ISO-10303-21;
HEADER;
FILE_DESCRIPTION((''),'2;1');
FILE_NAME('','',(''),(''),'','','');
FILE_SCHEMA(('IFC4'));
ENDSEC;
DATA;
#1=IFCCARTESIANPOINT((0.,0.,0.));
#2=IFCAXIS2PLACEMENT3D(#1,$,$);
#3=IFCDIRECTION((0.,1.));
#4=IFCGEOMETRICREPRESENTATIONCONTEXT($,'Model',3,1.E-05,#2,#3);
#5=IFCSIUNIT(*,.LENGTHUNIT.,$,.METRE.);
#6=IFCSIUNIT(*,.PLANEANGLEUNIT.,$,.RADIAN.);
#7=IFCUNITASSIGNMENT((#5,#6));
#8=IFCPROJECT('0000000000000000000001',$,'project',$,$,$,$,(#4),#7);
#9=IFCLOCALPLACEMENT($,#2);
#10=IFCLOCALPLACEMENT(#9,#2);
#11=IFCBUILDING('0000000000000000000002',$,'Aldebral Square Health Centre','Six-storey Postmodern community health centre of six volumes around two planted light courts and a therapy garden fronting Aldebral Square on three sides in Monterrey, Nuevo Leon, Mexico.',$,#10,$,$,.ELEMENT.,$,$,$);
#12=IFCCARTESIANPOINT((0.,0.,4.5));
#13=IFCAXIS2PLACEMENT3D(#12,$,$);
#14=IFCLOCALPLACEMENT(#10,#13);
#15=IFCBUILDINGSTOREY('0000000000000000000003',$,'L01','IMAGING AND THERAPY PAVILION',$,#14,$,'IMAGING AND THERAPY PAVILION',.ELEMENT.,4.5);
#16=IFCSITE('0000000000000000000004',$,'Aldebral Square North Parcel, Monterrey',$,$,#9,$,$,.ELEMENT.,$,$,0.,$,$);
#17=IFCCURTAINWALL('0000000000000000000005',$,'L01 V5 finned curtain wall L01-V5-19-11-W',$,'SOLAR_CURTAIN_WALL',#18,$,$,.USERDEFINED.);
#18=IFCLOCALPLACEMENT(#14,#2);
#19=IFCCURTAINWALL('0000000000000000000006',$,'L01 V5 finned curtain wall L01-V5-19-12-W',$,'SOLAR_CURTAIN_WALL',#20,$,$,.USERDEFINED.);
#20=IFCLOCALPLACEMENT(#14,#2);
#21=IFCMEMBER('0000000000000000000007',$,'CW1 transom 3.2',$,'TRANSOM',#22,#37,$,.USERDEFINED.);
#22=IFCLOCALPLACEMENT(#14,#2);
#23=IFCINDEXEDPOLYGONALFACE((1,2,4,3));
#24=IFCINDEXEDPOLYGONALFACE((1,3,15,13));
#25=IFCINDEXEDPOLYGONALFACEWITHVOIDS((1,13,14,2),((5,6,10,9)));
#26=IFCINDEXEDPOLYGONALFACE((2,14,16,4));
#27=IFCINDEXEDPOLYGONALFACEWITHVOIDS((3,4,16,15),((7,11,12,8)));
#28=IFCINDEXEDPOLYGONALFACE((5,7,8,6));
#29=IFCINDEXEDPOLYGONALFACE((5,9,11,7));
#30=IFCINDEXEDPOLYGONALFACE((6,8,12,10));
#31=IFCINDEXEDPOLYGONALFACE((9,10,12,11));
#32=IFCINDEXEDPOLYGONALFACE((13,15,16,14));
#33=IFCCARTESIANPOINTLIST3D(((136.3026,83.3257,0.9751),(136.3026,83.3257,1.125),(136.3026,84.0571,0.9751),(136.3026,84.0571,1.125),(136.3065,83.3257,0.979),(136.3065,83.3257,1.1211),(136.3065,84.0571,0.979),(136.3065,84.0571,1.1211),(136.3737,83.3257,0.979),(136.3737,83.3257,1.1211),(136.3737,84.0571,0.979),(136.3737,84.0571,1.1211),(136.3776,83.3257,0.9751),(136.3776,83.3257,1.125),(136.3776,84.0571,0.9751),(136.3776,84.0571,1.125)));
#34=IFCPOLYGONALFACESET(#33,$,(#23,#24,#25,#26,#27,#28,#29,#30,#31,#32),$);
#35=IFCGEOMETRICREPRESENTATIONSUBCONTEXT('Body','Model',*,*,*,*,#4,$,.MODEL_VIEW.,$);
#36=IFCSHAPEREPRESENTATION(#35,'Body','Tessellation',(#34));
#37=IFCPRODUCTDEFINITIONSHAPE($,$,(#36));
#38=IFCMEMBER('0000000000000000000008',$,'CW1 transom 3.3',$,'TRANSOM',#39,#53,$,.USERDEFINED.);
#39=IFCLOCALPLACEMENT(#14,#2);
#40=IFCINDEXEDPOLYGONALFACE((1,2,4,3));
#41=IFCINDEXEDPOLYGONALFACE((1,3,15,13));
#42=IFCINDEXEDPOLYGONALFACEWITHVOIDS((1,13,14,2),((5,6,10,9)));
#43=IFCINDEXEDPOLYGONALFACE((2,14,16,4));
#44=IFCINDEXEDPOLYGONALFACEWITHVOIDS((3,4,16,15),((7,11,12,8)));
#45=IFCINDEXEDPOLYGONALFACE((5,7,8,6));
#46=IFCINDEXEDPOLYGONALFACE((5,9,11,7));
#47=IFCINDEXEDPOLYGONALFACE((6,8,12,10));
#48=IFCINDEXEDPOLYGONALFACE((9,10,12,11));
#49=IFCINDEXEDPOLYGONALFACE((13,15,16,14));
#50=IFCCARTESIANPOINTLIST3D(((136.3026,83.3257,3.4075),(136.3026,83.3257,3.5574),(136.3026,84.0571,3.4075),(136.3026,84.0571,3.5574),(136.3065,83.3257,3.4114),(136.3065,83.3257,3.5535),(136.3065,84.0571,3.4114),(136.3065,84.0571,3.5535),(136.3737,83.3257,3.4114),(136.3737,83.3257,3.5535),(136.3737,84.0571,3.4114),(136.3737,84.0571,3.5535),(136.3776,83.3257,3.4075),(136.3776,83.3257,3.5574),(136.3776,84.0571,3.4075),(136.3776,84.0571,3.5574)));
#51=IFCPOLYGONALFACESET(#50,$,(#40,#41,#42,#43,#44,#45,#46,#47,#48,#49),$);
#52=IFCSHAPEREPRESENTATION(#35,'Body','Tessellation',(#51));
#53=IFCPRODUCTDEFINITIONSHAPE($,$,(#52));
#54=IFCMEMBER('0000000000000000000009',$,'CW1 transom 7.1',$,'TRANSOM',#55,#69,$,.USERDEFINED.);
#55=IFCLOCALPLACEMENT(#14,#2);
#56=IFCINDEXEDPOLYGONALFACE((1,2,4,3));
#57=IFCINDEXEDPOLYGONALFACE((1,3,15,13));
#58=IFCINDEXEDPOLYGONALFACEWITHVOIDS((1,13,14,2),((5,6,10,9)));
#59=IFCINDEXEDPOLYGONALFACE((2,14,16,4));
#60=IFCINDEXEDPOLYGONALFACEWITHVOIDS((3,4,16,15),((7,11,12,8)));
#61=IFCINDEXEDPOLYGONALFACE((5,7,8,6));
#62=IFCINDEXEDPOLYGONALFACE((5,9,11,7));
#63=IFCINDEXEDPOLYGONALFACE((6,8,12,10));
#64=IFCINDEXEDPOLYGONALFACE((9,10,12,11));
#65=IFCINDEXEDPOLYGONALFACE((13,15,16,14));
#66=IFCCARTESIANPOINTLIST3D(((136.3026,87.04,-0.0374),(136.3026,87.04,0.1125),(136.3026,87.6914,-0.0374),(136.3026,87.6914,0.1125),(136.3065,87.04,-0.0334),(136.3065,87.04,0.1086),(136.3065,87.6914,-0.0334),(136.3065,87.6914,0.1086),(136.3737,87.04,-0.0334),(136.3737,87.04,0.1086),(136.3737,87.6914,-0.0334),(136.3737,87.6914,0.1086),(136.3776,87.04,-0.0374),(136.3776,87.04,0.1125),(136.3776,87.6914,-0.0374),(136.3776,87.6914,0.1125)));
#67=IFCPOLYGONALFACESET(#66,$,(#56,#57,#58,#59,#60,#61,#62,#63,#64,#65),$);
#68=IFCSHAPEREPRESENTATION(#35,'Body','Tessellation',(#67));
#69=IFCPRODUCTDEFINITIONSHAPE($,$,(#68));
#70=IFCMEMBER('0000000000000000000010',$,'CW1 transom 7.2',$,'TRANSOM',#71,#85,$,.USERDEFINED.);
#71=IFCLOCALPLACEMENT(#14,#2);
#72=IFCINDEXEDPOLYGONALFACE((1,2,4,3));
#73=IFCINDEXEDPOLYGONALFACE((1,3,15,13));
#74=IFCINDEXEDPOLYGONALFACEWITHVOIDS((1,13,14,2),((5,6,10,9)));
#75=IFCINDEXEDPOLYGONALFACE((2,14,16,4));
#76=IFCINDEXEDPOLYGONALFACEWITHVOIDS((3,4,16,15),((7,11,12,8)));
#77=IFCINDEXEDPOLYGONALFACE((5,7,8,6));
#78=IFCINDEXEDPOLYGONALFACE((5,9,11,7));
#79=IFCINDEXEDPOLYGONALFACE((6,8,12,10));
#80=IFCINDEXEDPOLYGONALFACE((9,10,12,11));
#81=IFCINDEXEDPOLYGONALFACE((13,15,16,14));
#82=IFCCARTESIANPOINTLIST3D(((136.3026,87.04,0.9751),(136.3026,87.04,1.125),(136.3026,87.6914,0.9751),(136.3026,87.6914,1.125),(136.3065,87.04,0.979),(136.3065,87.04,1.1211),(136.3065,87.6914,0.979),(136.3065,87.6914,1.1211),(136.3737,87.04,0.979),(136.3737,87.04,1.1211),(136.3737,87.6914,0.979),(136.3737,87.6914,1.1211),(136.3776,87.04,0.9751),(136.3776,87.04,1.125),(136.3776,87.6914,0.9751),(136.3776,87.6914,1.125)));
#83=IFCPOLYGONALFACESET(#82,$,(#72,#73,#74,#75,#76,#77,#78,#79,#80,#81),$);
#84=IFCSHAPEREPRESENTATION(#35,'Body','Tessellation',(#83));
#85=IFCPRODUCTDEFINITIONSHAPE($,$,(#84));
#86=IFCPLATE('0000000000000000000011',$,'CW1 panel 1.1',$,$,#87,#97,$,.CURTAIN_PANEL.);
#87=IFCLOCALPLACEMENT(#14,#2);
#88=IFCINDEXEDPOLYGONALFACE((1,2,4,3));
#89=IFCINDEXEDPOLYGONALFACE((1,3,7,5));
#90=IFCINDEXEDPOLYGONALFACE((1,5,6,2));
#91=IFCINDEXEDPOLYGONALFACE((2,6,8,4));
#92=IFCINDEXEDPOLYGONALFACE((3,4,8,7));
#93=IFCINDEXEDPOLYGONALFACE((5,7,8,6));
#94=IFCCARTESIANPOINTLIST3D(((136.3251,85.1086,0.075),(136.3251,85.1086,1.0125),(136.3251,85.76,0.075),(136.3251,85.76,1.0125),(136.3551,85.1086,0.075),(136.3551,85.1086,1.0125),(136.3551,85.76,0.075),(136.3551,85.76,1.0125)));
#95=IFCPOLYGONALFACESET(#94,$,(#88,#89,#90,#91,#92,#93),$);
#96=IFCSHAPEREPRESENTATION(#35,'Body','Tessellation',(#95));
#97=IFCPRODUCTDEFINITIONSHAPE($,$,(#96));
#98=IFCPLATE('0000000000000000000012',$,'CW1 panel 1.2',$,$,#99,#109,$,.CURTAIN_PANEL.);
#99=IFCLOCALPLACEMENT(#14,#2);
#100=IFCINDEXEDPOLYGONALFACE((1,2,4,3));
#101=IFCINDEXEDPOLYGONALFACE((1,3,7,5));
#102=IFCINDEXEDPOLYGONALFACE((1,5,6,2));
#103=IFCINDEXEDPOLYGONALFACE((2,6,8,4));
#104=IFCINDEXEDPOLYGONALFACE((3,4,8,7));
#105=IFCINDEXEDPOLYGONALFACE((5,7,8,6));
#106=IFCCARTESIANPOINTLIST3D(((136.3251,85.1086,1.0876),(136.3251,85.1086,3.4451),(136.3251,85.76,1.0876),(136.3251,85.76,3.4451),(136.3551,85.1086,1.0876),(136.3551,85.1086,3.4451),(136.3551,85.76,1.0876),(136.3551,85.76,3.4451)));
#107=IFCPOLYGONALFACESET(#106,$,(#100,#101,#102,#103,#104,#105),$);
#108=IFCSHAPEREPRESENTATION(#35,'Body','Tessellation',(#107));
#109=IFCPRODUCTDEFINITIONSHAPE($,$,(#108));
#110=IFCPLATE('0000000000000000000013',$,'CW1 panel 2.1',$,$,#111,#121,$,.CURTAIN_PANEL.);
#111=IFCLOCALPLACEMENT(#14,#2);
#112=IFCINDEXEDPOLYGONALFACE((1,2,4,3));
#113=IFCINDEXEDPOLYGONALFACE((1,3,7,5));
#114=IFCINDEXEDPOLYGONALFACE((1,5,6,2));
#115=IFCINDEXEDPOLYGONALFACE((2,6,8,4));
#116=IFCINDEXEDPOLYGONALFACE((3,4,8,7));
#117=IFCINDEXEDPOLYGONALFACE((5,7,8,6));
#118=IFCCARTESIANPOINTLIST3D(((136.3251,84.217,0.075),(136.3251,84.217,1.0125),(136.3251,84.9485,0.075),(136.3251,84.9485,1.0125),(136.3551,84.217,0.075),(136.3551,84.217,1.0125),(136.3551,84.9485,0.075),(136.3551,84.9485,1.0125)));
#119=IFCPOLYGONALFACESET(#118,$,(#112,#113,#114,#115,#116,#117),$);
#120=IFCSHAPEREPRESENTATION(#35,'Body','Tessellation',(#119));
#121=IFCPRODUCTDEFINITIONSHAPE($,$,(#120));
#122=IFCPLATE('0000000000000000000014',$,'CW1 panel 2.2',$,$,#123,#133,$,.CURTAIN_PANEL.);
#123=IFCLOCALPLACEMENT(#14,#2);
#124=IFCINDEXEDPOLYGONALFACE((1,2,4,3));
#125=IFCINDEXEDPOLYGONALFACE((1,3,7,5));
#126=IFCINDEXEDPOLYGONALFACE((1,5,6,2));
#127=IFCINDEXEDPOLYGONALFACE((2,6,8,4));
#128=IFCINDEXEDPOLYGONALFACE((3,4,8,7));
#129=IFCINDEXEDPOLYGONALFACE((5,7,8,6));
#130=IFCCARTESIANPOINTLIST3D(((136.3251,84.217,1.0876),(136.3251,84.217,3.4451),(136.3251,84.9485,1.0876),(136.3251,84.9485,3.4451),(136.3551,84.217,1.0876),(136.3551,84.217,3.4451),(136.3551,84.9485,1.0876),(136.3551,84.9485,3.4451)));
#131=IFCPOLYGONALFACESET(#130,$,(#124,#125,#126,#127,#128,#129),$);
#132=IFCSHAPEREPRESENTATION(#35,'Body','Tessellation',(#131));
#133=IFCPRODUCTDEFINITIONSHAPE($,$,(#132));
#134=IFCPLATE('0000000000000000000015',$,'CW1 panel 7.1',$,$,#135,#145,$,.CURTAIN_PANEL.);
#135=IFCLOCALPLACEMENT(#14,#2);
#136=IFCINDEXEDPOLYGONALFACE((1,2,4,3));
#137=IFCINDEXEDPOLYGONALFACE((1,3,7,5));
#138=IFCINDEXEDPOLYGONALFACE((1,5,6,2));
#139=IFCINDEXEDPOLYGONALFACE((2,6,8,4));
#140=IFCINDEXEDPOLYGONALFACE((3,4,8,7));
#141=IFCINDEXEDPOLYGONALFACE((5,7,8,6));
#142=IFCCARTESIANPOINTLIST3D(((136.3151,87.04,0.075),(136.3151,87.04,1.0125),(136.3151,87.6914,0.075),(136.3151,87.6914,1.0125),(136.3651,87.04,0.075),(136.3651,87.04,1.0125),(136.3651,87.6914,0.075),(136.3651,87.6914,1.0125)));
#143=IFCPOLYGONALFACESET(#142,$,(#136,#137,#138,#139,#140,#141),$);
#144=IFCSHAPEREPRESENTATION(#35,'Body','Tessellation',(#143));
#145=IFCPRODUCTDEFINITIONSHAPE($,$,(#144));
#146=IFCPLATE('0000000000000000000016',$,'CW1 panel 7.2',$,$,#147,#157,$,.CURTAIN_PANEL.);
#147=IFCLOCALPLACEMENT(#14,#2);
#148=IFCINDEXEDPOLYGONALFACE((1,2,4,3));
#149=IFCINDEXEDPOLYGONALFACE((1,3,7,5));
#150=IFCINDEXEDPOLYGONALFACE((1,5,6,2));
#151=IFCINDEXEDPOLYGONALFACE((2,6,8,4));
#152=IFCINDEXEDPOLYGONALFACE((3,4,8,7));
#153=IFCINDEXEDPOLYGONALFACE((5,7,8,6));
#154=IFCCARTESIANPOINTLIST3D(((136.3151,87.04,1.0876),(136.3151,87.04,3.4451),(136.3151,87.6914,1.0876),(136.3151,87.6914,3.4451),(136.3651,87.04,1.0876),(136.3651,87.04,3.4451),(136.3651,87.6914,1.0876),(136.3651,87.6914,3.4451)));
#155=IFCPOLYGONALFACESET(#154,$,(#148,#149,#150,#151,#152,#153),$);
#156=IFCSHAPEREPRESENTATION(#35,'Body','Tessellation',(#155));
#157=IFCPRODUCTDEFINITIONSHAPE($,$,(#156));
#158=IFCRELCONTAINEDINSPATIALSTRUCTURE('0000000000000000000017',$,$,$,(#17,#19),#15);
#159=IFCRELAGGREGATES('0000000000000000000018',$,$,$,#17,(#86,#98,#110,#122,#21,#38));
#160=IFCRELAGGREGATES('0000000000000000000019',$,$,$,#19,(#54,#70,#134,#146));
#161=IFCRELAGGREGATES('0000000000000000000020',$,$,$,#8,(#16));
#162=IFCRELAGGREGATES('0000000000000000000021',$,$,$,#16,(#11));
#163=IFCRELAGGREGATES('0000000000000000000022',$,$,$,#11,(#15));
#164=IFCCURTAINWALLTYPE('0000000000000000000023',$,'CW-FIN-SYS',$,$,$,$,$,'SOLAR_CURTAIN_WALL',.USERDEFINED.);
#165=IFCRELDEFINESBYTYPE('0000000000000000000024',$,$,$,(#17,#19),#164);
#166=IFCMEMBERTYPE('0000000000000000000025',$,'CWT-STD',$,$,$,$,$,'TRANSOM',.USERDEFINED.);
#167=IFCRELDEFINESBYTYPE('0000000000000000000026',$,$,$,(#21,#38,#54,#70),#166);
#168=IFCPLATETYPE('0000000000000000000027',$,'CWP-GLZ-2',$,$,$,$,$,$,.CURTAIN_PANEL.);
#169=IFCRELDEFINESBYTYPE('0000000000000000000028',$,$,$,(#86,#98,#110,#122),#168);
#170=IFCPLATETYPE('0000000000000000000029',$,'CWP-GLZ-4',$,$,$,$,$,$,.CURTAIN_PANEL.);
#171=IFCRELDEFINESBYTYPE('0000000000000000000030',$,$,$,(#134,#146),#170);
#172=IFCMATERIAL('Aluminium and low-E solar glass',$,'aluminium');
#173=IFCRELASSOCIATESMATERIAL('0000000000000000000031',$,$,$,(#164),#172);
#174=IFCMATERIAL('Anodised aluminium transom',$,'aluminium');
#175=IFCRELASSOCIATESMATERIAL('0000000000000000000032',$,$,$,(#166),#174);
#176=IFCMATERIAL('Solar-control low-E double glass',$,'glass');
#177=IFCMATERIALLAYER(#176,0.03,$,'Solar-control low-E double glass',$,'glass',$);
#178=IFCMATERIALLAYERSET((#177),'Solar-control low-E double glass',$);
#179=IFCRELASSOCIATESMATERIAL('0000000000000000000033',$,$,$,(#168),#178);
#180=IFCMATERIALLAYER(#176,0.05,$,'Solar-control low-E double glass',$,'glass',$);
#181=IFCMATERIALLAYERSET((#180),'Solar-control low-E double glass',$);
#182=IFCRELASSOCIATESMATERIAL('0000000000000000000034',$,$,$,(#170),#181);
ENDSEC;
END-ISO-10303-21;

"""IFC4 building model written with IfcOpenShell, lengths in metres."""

from ifc_helpers import new_model, si_unit, direction, frame, origin, origin_2d, place, context, subcontext, project, spatial, rectangle, hollow_rectangle, extrude, material, layer, layer_set, material_profile, profile_set, type_object, element, aggregate, save


model = new_model("IFC4")

# Units and contexts
model_context = context("Model", 3, precision=1e-05, world=origin(), true_north=direction((0.0, 1.0)))
body_context = subcontext(model_context, "Body", "Model", "MODEL_VIEW")
ifc_project = project(units=[si_unit("LENGTHUNIT", "METRE"), si_unit("PLANEANGLEUNIT", "RADIAN")], contexts=[model_context])

# Site, building, storey
site_placement = place(None, origin())
site = spatial("IfcSite", under=ifc_project, at=site_placement, Name="Aldebral Square North Parcel, Monterrey", CompositionType="ELEMENT", RefElevation=0.0)
building_placement = place(site_placement, origin())
building = spatial("IfcBuilding", under=site, at=building_placement, Name="Aldebral Square Health Centre", Description="Six-storey Postmodern community health centre of six volumes around two planted light courts and a therapy garden fronting Aldebral Square on three sides in Monterrey, Nuevo Leon, Mexico.", CompositionType="ELEMENT")
storey_placement = place(building_placement, frame((0.0, 0.0, 4.5)))
storey = spatial("IfcBuildingStorey", under=building, at=storey_placement, Name="L01", Description="IMAGING AND THERAPY PAVILION", LongName="IMAGING AND THERAPY PAVILION", CompositionType="ELEMENT", Elevation=4.5)

# Curtain wall
ifc_material_1 = material(Name="Aluminium and low-E solar glass", Category="aluminium")
curtain_wall_type = type_object("IfcCurtainWallType", Name="CW-FIN-SYS", ElementType="SOLAR_CURTAIN_WALL", PredefinedType="USERDEFINED", material=ifc_material_1)
curtain_wall_1_placement = place(storey_placement, origin())
curtain_wall_1 = element("IfcCurtainWall", 1, at=curtain_wall_1_placement, inside=storey, type_object=curtain_wall_type, Name="L01 V5 finned curtain wall L01-V5-19-11-W", ObjectType="SOLAR_CURTAIN_WALL", PredefinedType="USERDEFINED")

# Curtain wall
curtain_wall_2_placement = place(storey_placement, origin())
curtain_wall_2 = element("IfcCurtainWall", 2, at=curtain_wall_2_placement, inside=storey, type_object=curtain_wall_type, Name="L01 V5 finned curtain wall L01-V5-19-12-W", ObjectType="SOLAR_CURTAIN_WALL", PredefinedType="USERDEFINED")

# Members
ifc_material_2 = material(Name="Anodised aluminium transom", Category="aluminium")
ifc_material_profile_1 = material_profile(ifc_material_2, hollow_rectangle(XDim=0.075, YDim=0.1499, WallThickness=0.0039, at=origin_2d()), Name="CWT 75x150x4")
ifc_profile_set_1 = profile_set([ifc_material_profile_1], Name="Anodised aluminium transom")
member_type_1 = type_object("IfcMemberType", Name="CWT-STD", ElementType="TRANSOM", PredefinedType="USERDEFINED", material=ifc_profile_set_1)
member_1_placement = place(storey_placement, frame((136.3401, 84.0571, 1.05), z_axis=(0.0, -1.0, 0.0), x_axis=(1.0, 0.0, 0.0)))
member_1 = element("IfcMember", 3, at=member_1_placement, type_object=member_type_1, Name="CW1 transom 3.2", ObjectType="TRANSOM", PredefinedType="USERDEFINED", context=body_context, shape_type="SweptSolid", body=[
    extrude(hollow_rectangle(XDim=0.075, YDim=0.1499, WallThickness=0.0039, at=origin_2d()), origin(), (0.0, 0.0, 1.0), 0.7314),
])
member_2_placement = place(storey_placement, frame((136.3401, 84.0571, 3.4824), z_axis=(0.0, -1.0, 0.0), x_axis=(1.0, 0.0, 0.0)))
member_2 = element("IfcMember", 4, at=member_2_placement, type_object=member_type_1, Name="CW1 transom 3.3", ObjectType="TRANSOM", PredefinedType="USERDEFINED", context=body_context, shape_type="SweptSolid", body=[
    extrude(hollow_rectangle(XDim=0.075, YDim=0.1499, WallThickness=0.0039, at=origin_2d()), origin(), (0.0, 0.0, 1.0), 0.7314),
])
member_3_placement = place(storey_placement, frame((136.3401, 87.6914, 0.0376), z_axis=(0.0, -1.0, 0.0), x_axis=(1.0, 0.0, 0.0)))
member_3 = element("IfcMember", 5, at=member_3_placement, type_object=member_type_1, Name="CW1 transom 7.1", ObjectType="TRANSOM", PredefinedType="USERDEFINED", context=body_context, shape_type="SweptSolid", body=[
    extrude(hollow_rectangle(XDim=0.075, YDim=0.1499, WallThickness=0.0039, at=origin_2d()), origin(), (0.0, 0.0, 1.0), 0.6514),
])
member_4_placement = place(storey_placement, frame((136.3401, 87.6914, 1.05), z_axis=(0.0, -1.0, 0.0), x_axis=(1.0, 0.0, 0.0)))
member_4 = element("IfcMember", 6, at=member_4_placement, type_object=member_type_1, Name="CW1 transom 7.2", ObjectType="TRANSOM", PredefinedType="USERDEFINED", context=body_context, shape_type="SweptSolid", body=[
    extrude(hollow_rectangle(XDim=0.075, YDim=0.1499, WallThickness=0.0039, at=origin_2d()), origin(), (0.0, 0.0, 1.0), 0.6514),
])

# Plates
ifc_material_3 = material(Name="Solar-control low-E double glass", Category="glass")
ifc_layer_1 = layer(ifc_material_3, 0.03, Name="Solar-control low-E double glass", Category="glass")
ifc_layer_set_1 = layer_set([ifc_layer_1], Name="Solar-control low-E double glass")
plate_type_1 = type_object("IfcPlateType", Name="CWP-GLZ-2", PredefinedType="CURTAIN_PANEL", material=ifc_layer_set_1)
plate_1_placement = place(storey_placement, frame((136.3401, 85.4343, 0.075), z_axis=(0.0, 0.0, 1.0), x_axis=(0.0, -1.0, 0.0)))
plate_1 = element("IfcPlate", 7, at=plate_1_placement, type_object=plate_type_1, Name="CW1 panel 1.1", PredefinedType="CURTAIN_PANEL", context=body_context, shape_type="SweptSolid", body=[
    extrude(rectangle(XDim=0.6514, YDim=0.03, at=origin_2d()), origin(), (0.0, 0.0, 1.0), 0.9375),
])
plate_2_placement = place(storey_placement, frame((136.3401, 85.4343, 1.0876), z_axis=(0.0, 0.0, 1.0), x_axis=(0.0, -1.0, 0.0)))
plate_2 = element("IfcPlate", 8, at=plate_2_placement, type_object=plate_type_1, Name="CW1 panel 1.2", PredefinedType="CURTAIN_PANEL", context=body_context, shape_type="SweptSolid", body=[
    extrude(rectangle(XDim=0.6514, YDim=0.03, at=origin_2d()), origin(), (0.0, 0.0, 1.0), 2.3574),
])
plate_3_placement = place(storey_placement, frame((136.3401, 84.5828, 0.075), z_axis=(0.0, 0.0, 1.0), x_axis=(0.0, -1.0, 0.0)))
plate_3 = element("IfcPlate", 9, at=plate_3_placement, type_object=plate_type_1, Name="CW1 panel 2.1", PredefinedType="CURTAIN_PANEL", context=body_context, shape_type="SweptSolid", body=[
    extrude(rectangle(XDim=0.7314, YDim=0.03, at=origin_2d()), origin(), (0.0, 0.0, 1.0), 0.9375),
])
plate_4_placement = place(storey_placement, frame((136.3401, 84.5828, 1.0876), z_axis=(0.0, 0.0, 1.0), x_axis=(0.0, -1.0, 0.0)))
plate_4 = element("IfcPlate", 10, at=plate_4_placement, type_object=plate_type_1, Name="CW1 panel 2.2", PredefinedType="CURTAIN_PANEL", context=body_context, shape_type="SweptSolid", body=[
    extrude(rectangle(XDim=0.7314, YDim=0.03, at=origin_2d()), origin(), (0.0, 0.0, 1.0), 2.3574),
])
aggregate(curtain_wall_1, [plate_1, plate_2, plate_3, plate_4, member_1, member_2])
ifc_layer_2 = layer(ifc_material_3, 0.05, Name="Solar-control low-E double glass", Category="glass")
ifc_layer_set_2 = layer_set([ifc_layer_2], Name="Solar-control low-E double glass")
plate_type_2 = type_object("IfcPlateType", Name="CWP-GLZ-4", PredefinedType="CURTAIN_PANEL", material=ifc_layer_set_2)
plate_5_placement = place(storey_placement, frame((136.3401, 87.3657, 0.075), z_axis=(0.0, 0.0, 1.0), x_axis=(0.0, -1.0, 0.0)))
plate_5 = element("IfcPlate", 11, at=plate_5_placement, type_object=plate_type_2, Name="CW1 panel 7.1", PredefinedType="CURTAIN_PANEL", context=body_context, shape_type="SweptSolid", body=[
    extrude(rectangle(XDim=0.6514, YDim=0.05, at=origin_2d()), origin(), (0.0, 0.0, 1.0), 0.9375),
])
plate_6_placement = place(storey_placement, frame((136.3401, 87.3657, 1.0876), z_axis=(0.0, 0.0, 1.0), x_axis=(0.0, -1.0, 0.0)))
plate_6 = element("IfcPlate", 12, at=plate_6_placement, type_object=plate_type_2, Name="CW1 panel 7.2", PredefinedType="CURTAIN_PANEL", context=body_context, shape_type="SweptSolid", body=[
    extrude(rectangle(XDim=0.6514, YDim=0.05, at=origin_2d()), origin(), (0.0, 0.0, 1.0), 2.3574),
])
aggregate(curtain_wall_2, [member_3, member_4, plate_5, plate_6])

save(model, "model.ifc")
